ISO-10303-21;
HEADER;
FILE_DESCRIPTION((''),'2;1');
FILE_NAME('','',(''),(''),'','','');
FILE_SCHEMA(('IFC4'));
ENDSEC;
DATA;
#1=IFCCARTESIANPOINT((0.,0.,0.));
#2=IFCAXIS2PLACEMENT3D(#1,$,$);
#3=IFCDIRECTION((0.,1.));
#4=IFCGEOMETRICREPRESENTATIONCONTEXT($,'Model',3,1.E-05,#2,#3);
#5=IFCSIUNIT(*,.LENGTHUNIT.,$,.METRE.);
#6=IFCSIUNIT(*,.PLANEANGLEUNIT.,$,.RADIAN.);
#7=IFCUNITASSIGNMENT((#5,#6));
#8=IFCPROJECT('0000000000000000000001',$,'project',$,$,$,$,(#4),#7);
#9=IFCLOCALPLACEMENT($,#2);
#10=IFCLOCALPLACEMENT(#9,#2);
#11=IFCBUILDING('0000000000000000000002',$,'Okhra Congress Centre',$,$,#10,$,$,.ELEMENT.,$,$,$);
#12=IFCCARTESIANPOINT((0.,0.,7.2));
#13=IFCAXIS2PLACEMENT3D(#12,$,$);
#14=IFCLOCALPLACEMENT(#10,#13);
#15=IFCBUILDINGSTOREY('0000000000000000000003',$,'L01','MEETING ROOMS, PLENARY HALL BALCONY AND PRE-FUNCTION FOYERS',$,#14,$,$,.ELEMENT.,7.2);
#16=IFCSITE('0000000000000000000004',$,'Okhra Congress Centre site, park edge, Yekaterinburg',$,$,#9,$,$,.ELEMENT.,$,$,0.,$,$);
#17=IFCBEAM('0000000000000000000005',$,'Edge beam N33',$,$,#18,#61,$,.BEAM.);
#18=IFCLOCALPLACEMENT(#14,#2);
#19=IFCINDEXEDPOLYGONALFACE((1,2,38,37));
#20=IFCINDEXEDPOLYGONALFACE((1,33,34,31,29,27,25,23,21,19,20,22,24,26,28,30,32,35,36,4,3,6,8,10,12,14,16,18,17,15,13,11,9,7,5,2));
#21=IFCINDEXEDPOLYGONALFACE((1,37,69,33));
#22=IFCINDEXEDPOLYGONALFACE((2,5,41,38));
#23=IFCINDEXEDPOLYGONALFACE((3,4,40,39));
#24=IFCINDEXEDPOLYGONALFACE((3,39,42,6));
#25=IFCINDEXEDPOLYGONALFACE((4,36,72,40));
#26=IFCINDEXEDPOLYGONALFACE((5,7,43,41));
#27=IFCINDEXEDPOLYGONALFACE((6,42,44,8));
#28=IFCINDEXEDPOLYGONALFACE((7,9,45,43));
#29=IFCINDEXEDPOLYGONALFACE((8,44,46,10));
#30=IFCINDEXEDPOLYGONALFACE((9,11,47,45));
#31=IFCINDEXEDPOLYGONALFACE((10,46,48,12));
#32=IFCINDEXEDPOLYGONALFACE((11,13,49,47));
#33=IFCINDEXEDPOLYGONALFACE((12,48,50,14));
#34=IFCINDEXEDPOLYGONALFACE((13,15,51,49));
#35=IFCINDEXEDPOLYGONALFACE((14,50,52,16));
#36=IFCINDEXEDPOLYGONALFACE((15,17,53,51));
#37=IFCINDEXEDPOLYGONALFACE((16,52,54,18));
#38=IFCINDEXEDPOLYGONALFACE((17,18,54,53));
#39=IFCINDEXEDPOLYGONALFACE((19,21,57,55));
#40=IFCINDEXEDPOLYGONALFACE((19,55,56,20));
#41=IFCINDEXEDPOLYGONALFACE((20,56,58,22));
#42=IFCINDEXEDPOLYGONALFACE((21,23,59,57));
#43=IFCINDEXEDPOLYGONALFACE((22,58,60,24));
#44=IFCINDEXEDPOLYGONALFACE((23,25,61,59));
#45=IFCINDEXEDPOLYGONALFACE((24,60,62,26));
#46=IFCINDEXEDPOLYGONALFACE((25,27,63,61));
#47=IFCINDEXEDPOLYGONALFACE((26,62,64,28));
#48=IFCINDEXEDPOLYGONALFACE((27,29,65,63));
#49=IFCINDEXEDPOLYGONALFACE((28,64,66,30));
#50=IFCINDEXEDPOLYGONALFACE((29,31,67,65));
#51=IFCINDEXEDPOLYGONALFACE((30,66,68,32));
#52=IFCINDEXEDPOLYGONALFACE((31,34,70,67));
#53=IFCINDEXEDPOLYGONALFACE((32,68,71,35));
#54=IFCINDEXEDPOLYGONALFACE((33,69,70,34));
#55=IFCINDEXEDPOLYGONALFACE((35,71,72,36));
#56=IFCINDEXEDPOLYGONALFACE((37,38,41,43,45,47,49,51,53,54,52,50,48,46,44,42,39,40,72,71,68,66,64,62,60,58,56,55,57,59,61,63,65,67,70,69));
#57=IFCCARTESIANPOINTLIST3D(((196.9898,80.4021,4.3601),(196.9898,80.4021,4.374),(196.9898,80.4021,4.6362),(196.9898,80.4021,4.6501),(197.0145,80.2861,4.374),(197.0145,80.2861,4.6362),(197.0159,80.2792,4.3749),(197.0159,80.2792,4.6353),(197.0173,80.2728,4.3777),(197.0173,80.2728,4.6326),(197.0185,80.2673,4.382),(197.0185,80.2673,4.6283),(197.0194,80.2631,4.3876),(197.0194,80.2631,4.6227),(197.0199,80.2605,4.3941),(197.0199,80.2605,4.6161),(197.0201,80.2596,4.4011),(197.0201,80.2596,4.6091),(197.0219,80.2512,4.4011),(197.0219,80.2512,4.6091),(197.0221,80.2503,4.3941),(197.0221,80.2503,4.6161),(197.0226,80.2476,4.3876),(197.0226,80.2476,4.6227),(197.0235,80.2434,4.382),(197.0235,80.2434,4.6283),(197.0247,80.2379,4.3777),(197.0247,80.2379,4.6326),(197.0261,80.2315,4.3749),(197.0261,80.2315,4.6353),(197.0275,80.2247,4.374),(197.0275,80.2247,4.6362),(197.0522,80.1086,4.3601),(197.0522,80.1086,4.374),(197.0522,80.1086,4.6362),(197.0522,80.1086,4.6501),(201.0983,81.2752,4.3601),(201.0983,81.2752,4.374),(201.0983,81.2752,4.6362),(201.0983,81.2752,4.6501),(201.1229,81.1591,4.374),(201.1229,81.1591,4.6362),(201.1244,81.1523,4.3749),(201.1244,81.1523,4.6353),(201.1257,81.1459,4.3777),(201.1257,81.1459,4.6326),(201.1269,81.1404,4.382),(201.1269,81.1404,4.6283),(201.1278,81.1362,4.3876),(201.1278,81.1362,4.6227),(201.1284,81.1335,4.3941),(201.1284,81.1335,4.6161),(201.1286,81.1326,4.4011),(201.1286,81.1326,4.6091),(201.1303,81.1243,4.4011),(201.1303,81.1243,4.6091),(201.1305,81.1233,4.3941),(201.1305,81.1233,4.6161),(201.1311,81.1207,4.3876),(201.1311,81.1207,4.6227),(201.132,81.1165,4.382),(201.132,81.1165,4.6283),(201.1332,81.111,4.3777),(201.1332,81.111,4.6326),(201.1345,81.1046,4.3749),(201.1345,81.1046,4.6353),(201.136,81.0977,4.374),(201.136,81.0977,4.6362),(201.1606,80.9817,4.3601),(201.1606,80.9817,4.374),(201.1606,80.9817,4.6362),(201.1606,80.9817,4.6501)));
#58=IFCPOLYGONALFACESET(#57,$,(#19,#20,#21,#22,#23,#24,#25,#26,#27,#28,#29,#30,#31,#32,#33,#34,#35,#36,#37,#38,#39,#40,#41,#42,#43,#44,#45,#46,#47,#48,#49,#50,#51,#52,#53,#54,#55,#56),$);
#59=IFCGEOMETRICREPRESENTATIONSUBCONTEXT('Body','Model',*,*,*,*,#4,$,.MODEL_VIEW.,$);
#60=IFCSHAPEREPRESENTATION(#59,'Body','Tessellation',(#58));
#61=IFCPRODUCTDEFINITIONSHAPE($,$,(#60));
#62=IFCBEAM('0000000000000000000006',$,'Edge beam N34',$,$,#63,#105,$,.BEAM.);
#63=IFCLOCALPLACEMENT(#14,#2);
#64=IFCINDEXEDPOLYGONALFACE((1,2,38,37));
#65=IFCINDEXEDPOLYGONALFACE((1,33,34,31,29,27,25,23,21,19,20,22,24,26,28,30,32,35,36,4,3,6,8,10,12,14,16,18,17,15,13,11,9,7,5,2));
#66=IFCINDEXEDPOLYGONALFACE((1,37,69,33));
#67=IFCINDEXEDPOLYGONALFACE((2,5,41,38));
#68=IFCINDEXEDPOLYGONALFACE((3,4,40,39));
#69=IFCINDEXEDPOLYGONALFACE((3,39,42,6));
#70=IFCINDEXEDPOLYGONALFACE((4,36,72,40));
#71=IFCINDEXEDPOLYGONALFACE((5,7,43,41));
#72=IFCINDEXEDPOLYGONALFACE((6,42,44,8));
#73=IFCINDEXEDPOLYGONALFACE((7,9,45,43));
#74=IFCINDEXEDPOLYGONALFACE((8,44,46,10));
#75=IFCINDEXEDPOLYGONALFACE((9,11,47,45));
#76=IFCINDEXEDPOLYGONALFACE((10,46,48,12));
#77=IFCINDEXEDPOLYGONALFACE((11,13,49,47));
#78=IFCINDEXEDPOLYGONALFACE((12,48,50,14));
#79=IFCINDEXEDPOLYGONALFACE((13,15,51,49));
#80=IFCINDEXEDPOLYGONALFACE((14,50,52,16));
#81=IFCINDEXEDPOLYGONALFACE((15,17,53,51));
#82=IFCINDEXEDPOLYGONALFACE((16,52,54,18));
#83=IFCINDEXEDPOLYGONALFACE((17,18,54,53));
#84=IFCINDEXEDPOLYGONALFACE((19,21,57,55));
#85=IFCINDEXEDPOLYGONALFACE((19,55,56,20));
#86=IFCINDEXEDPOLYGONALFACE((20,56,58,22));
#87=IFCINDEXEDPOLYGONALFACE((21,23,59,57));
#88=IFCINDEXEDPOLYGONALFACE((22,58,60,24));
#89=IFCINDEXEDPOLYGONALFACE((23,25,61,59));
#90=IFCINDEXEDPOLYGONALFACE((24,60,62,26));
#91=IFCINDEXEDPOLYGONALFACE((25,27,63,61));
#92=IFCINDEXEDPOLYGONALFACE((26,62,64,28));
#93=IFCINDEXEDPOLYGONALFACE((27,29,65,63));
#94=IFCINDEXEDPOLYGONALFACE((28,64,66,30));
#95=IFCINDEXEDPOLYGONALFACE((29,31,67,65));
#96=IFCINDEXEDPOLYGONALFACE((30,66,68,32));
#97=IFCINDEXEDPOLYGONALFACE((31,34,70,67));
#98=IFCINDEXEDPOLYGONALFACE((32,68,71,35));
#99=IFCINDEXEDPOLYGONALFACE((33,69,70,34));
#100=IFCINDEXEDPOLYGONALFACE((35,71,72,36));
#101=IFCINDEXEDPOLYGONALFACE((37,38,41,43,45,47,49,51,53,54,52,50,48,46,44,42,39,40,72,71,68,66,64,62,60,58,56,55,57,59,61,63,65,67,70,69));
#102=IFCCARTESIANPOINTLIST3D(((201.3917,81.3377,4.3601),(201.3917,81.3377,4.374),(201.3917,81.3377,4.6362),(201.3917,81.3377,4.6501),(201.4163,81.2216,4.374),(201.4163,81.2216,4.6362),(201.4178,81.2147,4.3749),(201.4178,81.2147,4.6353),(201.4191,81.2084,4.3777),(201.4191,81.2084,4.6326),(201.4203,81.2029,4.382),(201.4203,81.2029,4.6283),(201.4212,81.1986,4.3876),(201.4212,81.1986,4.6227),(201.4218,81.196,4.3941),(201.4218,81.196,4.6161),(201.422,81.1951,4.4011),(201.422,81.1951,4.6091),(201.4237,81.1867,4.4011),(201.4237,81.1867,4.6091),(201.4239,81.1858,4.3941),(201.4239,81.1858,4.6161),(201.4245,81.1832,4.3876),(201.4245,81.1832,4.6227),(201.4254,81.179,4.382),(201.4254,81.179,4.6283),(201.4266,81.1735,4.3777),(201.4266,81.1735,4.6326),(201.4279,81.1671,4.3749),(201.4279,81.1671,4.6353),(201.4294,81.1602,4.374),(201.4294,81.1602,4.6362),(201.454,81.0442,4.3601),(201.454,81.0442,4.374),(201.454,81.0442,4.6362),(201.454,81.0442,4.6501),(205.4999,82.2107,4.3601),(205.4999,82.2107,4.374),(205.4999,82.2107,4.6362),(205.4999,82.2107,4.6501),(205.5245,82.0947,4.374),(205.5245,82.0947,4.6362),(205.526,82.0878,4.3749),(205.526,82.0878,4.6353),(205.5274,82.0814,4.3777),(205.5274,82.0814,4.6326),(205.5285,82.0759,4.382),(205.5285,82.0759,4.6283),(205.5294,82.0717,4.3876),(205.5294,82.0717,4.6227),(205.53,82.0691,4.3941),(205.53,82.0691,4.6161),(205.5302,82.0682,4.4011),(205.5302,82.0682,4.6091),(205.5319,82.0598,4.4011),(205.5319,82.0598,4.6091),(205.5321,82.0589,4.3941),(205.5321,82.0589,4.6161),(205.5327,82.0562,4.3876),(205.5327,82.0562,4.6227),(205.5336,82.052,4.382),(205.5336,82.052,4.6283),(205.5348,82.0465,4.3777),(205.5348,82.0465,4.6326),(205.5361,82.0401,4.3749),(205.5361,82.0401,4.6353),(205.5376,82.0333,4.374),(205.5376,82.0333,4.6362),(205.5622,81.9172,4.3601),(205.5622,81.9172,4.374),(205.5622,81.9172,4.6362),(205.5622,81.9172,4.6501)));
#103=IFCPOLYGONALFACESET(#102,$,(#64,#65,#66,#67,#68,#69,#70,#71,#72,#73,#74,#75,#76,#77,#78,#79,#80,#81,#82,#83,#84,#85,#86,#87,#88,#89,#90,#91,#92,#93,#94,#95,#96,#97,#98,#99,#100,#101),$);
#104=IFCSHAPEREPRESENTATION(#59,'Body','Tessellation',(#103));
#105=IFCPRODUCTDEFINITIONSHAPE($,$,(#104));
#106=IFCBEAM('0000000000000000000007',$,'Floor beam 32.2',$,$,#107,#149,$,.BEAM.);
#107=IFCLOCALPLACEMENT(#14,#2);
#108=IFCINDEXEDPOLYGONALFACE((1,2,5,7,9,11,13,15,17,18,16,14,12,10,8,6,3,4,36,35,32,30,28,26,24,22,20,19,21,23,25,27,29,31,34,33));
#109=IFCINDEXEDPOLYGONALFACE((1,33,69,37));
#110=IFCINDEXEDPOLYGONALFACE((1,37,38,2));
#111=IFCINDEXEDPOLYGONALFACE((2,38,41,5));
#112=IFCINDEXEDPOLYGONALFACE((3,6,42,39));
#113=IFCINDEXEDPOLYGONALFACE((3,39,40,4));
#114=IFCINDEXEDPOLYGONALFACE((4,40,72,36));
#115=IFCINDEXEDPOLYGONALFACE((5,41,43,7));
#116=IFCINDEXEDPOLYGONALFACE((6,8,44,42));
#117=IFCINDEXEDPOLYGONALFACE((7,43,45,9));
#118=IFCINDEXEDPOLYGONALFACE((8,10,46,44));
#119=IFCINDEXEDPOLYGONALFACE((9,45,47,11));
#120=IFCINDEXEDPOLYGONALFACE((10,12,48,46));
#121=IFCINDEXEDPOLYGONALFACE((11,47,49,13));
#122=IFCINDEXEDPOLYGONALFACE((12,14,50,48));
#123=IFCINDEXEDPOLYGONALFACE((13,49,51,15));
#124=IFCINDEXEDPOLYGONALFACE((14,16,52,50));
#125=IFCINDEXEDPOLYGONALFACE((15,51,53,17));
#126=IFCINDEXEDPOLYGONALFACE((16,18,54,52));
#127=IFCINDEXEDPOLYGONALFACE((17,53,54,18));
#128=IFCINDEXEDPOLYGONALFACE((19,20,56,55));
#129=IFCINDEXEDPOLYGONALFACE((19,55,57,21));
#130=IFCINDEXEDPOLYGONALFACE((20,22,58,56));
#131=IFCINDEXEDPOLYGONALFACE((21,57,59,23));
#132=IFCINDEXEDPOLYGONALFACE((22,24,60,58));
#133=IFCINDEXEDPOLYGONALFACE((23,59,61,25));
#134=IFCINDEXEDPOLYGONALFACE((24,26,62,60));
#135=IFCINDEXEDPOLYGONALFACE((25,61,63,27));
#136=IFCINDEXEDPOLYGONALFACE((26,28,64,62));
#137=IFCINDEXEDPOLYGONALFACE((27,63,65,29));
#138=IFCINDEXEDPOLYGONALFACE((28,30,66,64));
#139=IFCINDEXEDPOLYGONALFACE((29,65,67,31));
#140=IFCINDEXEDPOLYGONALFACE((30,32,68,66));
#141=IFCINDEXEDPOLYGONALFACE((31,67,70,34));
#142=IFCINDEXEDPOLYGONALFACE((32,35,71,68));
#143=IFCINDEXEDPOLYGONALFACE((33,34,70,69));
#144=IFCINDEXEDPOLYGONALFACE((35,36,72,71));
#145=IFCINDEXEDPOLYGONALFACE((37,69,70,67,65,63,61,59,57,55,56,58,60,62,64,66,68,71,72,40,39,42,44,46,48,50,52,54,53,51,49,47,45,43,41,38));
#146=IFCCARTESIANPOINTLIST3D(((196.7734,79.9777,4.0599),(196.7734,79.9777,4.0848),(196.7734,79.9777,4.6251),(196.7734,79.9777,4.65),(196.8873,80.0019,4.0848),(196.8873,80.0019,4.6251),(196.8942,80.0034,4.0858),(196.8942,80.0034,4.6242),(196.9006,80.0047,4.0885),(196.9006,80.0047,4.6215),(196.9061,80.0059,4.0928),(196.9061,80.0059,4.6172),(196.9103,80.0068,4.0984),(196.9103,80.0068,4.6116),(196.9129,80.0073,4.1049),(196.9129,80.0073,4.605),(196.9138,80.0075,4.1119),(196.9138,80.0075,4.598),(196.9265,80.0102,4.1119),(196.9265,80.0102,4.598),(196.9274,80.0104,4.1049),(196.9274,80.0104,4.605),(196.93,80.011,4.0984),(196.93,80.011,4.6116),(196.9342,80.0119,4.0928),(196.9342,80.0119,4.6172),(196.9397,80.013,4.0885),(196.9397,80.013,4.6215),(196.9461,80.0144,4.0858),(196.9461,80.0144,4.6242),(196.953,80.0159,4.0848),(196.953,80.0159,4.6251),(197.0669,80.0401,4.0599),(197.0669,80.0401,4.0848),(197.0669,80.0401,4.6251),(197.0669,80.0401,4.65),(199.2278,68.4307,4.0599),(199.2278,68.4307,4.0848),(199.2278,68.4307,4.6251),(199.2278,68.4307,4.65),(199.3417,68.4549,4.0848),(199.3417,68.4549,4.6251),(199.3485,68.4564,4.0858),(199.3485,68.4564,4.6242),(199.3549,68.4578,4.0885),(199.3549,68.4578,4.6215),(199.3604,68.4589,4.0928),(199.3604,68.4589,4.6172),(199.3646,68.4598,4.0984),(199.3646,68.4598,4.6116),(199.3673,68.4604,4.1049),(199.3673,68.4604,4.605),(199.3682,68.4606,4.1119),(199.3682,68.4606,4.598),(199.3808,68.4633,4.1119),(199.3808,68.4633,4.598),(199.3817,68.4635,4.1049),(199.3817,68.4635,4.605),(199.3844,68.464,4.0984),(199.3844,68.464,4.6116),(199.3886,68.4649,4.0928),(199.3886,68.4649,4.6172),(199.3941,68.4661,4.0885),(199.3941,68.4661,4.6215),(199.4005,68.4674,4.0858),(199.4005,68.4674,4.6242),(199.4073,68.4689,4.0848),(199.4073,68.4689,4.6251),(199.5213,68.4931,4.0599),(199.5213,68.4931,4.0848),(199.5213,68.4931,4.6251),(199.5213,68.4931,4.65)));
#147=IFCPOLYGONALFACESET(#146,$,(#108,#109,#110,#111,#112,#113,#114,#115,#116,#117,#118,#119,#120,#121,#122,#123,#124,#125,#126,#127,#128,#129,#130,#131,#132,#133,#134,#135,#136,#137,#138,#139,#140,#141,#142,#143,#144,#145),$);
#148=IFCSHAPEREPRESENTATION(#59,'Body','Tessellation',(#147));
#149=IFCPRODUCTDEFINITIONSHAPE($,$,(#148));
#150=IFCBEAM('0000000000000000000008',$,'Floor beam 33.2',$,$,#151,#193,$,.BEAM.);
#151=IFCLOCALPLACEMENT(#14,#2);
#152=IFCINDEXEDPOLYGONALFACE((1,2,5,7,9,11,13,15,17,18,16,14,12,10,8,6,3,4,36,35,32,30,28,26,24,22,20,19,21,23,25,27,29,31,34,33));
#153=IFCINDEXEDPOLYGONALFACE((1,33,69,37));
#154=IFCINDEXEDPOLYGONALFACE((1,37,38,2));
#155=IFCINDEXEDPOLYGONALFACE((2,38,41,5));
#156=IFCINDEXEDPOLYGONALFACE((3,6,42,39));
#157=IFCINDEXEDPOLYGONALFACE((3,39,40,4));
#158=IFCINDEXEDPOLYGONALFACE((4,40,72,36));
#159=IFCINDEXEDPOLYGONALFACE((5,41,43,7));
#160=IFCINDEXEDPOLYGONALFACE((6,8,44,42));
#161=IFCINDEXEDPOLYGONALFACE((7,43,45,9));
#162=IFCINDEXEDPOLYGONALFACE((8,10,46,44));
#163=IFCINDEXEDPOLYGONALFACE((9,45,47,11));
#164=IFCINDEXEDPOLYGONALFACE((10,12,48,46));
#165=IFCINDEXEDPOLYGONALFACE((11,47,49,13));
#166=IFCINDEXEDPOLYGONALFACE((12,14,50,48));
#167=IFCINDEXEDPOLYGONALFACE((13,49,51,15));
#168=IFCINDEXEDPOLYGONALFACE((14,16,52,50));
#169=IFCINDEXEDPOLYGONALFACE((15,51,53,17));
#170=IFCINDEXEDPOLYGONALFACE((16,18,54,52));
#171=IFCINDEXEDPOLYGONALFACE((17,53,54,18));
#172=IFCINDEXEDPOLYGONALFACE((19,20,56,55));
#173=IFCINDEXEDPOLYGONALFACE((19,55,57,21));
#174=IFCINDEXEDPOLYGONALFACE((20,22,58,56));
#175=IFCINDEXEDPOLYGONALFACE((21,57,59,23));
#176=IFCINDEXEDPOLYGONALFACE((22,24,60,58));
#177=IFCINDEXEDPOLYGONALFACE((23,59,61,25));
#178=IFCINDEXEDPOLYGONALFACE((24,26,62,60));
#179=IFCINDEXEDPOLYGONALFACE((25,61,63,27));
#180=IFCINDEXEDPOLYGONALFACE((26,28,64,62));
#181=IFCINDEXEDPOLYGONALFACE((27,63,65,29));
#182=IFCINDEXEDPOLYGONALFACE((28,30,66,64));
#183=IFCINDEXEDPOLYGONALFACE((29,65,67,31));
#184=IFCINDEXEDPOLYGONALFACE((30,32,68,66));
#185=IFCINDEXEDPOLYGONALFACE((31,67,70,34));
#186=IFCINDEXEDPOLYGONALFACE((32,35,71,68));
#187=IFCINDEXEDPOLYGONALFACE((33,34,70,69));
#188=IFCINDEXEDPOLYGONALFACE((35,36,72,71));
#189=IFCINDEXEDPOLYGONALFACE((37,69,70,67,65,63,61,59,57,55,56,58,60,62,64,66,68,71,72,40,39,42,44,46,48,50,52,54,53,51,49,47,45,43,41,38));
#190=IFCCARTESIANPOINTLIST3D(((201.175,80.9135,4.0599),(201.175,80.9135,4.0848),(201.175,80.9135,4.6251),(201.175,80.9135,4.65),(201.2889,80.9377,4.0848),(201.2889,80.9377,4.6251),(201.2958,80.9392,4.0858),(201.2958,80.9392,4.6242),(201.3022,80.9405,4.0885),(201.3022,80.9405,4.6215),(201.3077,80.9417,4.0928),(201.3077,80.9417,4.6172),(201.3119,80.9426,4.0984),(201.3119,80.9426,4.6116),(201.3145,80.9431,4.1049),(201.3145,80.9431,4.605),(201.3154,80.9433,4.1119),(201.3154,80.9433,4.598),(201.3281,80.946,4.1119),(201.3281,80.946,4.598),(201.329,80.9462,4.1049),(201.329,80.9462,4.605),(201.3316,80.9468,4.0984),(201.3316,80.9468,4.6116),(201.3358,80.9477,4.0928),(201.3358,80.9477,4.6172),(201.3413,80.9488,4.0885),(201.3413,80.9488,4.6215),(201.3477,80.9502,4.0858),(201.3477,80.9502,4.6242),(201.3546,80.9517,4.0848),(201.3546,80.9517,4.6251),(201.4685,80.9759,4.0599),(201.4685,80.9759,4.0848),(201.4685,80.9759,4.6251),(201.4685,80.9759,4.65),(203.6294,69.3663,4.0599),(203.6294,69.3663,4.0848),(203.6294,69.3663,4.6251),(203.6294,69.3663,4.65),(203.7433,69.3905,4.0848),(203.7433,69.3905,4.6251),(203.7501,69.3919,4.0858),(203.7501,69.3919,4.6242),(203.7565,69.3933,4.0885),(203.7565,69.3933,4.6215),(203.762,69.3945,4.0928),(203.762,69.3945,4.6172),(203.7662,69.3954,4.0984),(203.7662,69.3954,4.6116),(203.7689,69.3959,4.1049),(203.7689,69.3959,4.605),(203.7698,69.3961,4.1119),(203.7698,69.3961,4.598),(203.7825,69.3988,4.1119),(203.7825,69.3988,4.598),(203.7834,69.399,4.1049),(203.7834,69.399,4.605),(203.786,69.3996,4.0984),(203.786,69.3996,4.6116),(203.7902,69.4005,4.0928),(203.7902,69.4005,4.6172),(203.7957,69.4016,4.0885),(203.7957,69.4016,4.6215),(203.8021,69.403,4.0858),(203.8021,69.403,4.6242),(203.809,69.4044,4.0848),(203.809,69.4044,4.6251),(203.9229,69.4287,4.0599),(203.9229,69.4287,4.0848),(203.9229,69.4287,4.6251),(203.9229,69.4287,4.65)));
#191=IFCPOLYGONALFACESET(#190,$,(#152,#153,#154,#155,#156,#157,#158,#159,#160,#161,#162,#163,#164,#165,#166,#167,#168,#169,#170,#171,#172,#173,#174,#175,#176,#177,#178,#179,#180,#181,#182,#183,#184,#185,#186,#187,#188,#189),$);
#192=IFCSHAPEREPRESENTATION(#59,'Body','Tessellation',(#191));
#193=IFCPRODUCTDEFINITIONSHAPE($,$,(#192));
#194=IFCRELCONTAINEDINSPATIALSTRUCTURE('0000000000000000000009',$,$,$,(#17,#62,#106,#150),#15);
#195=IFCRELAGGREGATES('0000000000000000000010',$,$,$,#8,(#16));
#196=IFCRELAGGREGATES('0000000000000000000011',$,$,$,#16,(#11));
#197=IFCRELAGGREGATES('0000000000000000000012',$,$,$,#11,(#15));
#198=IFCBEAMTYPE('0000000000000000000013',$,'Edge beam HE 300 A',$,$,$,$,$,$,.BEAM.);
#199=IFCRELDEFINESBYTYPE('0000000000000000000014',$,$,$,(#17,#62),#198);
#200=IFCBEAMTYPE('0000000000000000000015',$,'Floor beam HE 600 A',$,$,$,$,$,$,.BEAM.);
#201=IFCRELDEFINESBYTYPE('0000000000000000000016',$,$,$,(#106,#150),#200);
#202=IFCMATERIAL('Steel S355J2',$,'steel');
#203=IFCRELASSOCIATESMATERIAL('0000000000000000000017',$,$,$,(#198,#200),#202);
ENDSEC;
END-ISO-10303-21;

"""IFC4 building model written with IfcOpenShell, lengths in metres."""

from ifc_helpers import new_model, si_unit, direction, frame, origin, origin_2d, place, context, subcontext, project, spatial, i_section, extrude, material, material_profile, profile_set, type_object, element, save


model = new_model("IFC4")

# Units and contexts
model_context = context("Model", 3, precision=1e-05, world=origin(), true_north=direction((0.0, 1.0)))
body_context = subcontext(model_context, "Body", "Model", "MODEL_VIEW")
ifc_project = project(units=[si_unit("LENGTHUNIT", "METRE"), si_unit("PLANEANGLEUNIT", "RADIAN")], contexts=[model_context])

# Site, building, storey
site_placement = place(None, origin())
site = spatial("IfcSite", under=ifc_project, at=site_placement, Name="Okhra Congress Centre site, park edge, Yekaterinburg", CompositionType="ELEMENT", RefElevation=0.0)
building_placement = place(site_placement, origin())
building = spatial("IfcBuilding", under=site, at=building_placement, Name="Okhra Congress Centre", CompositionType="ELEMENT")
storey_placement = place(building_placement, frame((0.0, 0.0, 7.2)))
storey = spatial("IfcBuildingStorey", under=building, at=storey_placement, Name="L01", Description="MEETING ROOMS, PLENARY HALL BALCONY AND PRE-FUNCTION FOYERS", CompositionType="ELEMENT", Elevation=7.2)

# Shared definitions
ifc_material_1 = material(Name="Steel S355J2", Category="steel")

# Beams
ifc_material_profile_1 = material_profile(ifc_material_1, i_section(OverallWidth=0.3, OverallDepth=0.29, WebThickness=0.0085, FlangeThickness=0.0139, FilletRadius=0.0271, at=origin_2d()), Name="HE 300 A")
ifc_profile_set_1 = profile_set([ifc_material_profile_1], Name="Steel S355J2")
beam_type_1 = type_object("IfcBeamType", Name="Edge beam HE 300 A", PredefinedType="BEAM", material=ifc_profile_set_1)
beam_1_placement = place(storey_placement, frame((197.021, 80.2554, 4.5051), z_axis=(0.978158, 0.207862, 0.0), x_axis=(-0.207862, 0.978158, 0.0)))
element("IfcBeam", 1, at=beam_1_placement, inside=storey, type_object=beam_type_1, Name="Edge beam N33", PredefinedType="BEAM", context=body_context, shape_type="SweptSolid", body=[
    extrude(i_section(OverallWidth=0.3, OverallDepth=0.29, WebThickness=0.0085, FlangeThickness=0.0139, FilletRadius=0.0271, at=origin_2d()), origin(), (0.0, 0.0, 1.0), 4.2002),
])
beam_2_placement = place(storey_placement, frame((201.4229, 81.1909, 4.5051), z_axis=(0.978156, 0.207873, 0.0), x_axis=(-0.207873, 0.978156, 0.0)))
element("IfcBeam", 2, at=beam_2_placement, inside=storey, type_object=beam_type_1, Name="Edge beam N34", PredefinedType="BEAM", context=body_context, shape_type="SweptSolid", body=[
    extrude(i_section(OverallWidth=0.3, OverallDepth=0.29, WebThickness=0.0085, FlangeThickness=0.0139, FilletRadius=0.0271, at=origin_2d()), origin(), (0.0, 0.0, 1.0), 4.2),
])
ifc_material_profile_2 = material_profile(ifc_material_1, i_section(OverallWidth=0.3, OverallDepth=0.5901, WebThickness=0.0129, FlangeThickness=0.0249, FilletRadius=0.0271, at=origin_2d()), Name="HE 600 A")
ifc_profile_set_2 = profile_set([ifc_material_profile_2], Name="Steel S355J2")
beam_type_2 = type_object("IfcBeamType", Name="Floor beam HE 600 A", PredefinedType="BEAM", material=ifc_profile_set_2)
beam_3_placement = place(storey_placement, frame((199.3745, 68.4619, 4.355), z_axis=(-0.20791, 0.978148, 0.0), x_axis=(-0.978148, -0.20791, 0.0)))
element("IfcBeam", 3, at=beam_3_placement, inside=storey, type_object=beam_type_2, Name="Floor beam 32.2", PredefinedType="BEAM", context=body_context, shape_type="SweptSolid", body=[
    extrude(i_section(OverallWidth=0.3, OverallDepth=0.5901, WebThickness=0.0129, FlangeThickness=0.0249, FilletRadius=0.0271, at=origin_2d()), origin(), (0.0, 0.0, 1.0), 11.8049),
])
beam_4_placement = place(storey_placement, frame((203.7761, 69.3975, 4.355), z_axis=(-0.207906, 0.978149, 0.0), x_axis=(-0.978149, -0.207906, 0.0)))
element("IfcBeam", 4, at=beam_4_placement, inside=storey, type_object=beam_type_2, Name="Floor beam 33.2", PredefinedType="BEAM", context=body_context, shape_type="SweptSolid", body=[
    extrude(i_section(OverallWidth=0.3, OverallDepth=0.5901, WebThickness=0.0129, FlangeThickness=0.0249, FilletRadius=0.0271, at=origin_2d()), origin(), (0.0, 0.0, 1.0), 11.8052),
])

save(model, "model.ifc")
